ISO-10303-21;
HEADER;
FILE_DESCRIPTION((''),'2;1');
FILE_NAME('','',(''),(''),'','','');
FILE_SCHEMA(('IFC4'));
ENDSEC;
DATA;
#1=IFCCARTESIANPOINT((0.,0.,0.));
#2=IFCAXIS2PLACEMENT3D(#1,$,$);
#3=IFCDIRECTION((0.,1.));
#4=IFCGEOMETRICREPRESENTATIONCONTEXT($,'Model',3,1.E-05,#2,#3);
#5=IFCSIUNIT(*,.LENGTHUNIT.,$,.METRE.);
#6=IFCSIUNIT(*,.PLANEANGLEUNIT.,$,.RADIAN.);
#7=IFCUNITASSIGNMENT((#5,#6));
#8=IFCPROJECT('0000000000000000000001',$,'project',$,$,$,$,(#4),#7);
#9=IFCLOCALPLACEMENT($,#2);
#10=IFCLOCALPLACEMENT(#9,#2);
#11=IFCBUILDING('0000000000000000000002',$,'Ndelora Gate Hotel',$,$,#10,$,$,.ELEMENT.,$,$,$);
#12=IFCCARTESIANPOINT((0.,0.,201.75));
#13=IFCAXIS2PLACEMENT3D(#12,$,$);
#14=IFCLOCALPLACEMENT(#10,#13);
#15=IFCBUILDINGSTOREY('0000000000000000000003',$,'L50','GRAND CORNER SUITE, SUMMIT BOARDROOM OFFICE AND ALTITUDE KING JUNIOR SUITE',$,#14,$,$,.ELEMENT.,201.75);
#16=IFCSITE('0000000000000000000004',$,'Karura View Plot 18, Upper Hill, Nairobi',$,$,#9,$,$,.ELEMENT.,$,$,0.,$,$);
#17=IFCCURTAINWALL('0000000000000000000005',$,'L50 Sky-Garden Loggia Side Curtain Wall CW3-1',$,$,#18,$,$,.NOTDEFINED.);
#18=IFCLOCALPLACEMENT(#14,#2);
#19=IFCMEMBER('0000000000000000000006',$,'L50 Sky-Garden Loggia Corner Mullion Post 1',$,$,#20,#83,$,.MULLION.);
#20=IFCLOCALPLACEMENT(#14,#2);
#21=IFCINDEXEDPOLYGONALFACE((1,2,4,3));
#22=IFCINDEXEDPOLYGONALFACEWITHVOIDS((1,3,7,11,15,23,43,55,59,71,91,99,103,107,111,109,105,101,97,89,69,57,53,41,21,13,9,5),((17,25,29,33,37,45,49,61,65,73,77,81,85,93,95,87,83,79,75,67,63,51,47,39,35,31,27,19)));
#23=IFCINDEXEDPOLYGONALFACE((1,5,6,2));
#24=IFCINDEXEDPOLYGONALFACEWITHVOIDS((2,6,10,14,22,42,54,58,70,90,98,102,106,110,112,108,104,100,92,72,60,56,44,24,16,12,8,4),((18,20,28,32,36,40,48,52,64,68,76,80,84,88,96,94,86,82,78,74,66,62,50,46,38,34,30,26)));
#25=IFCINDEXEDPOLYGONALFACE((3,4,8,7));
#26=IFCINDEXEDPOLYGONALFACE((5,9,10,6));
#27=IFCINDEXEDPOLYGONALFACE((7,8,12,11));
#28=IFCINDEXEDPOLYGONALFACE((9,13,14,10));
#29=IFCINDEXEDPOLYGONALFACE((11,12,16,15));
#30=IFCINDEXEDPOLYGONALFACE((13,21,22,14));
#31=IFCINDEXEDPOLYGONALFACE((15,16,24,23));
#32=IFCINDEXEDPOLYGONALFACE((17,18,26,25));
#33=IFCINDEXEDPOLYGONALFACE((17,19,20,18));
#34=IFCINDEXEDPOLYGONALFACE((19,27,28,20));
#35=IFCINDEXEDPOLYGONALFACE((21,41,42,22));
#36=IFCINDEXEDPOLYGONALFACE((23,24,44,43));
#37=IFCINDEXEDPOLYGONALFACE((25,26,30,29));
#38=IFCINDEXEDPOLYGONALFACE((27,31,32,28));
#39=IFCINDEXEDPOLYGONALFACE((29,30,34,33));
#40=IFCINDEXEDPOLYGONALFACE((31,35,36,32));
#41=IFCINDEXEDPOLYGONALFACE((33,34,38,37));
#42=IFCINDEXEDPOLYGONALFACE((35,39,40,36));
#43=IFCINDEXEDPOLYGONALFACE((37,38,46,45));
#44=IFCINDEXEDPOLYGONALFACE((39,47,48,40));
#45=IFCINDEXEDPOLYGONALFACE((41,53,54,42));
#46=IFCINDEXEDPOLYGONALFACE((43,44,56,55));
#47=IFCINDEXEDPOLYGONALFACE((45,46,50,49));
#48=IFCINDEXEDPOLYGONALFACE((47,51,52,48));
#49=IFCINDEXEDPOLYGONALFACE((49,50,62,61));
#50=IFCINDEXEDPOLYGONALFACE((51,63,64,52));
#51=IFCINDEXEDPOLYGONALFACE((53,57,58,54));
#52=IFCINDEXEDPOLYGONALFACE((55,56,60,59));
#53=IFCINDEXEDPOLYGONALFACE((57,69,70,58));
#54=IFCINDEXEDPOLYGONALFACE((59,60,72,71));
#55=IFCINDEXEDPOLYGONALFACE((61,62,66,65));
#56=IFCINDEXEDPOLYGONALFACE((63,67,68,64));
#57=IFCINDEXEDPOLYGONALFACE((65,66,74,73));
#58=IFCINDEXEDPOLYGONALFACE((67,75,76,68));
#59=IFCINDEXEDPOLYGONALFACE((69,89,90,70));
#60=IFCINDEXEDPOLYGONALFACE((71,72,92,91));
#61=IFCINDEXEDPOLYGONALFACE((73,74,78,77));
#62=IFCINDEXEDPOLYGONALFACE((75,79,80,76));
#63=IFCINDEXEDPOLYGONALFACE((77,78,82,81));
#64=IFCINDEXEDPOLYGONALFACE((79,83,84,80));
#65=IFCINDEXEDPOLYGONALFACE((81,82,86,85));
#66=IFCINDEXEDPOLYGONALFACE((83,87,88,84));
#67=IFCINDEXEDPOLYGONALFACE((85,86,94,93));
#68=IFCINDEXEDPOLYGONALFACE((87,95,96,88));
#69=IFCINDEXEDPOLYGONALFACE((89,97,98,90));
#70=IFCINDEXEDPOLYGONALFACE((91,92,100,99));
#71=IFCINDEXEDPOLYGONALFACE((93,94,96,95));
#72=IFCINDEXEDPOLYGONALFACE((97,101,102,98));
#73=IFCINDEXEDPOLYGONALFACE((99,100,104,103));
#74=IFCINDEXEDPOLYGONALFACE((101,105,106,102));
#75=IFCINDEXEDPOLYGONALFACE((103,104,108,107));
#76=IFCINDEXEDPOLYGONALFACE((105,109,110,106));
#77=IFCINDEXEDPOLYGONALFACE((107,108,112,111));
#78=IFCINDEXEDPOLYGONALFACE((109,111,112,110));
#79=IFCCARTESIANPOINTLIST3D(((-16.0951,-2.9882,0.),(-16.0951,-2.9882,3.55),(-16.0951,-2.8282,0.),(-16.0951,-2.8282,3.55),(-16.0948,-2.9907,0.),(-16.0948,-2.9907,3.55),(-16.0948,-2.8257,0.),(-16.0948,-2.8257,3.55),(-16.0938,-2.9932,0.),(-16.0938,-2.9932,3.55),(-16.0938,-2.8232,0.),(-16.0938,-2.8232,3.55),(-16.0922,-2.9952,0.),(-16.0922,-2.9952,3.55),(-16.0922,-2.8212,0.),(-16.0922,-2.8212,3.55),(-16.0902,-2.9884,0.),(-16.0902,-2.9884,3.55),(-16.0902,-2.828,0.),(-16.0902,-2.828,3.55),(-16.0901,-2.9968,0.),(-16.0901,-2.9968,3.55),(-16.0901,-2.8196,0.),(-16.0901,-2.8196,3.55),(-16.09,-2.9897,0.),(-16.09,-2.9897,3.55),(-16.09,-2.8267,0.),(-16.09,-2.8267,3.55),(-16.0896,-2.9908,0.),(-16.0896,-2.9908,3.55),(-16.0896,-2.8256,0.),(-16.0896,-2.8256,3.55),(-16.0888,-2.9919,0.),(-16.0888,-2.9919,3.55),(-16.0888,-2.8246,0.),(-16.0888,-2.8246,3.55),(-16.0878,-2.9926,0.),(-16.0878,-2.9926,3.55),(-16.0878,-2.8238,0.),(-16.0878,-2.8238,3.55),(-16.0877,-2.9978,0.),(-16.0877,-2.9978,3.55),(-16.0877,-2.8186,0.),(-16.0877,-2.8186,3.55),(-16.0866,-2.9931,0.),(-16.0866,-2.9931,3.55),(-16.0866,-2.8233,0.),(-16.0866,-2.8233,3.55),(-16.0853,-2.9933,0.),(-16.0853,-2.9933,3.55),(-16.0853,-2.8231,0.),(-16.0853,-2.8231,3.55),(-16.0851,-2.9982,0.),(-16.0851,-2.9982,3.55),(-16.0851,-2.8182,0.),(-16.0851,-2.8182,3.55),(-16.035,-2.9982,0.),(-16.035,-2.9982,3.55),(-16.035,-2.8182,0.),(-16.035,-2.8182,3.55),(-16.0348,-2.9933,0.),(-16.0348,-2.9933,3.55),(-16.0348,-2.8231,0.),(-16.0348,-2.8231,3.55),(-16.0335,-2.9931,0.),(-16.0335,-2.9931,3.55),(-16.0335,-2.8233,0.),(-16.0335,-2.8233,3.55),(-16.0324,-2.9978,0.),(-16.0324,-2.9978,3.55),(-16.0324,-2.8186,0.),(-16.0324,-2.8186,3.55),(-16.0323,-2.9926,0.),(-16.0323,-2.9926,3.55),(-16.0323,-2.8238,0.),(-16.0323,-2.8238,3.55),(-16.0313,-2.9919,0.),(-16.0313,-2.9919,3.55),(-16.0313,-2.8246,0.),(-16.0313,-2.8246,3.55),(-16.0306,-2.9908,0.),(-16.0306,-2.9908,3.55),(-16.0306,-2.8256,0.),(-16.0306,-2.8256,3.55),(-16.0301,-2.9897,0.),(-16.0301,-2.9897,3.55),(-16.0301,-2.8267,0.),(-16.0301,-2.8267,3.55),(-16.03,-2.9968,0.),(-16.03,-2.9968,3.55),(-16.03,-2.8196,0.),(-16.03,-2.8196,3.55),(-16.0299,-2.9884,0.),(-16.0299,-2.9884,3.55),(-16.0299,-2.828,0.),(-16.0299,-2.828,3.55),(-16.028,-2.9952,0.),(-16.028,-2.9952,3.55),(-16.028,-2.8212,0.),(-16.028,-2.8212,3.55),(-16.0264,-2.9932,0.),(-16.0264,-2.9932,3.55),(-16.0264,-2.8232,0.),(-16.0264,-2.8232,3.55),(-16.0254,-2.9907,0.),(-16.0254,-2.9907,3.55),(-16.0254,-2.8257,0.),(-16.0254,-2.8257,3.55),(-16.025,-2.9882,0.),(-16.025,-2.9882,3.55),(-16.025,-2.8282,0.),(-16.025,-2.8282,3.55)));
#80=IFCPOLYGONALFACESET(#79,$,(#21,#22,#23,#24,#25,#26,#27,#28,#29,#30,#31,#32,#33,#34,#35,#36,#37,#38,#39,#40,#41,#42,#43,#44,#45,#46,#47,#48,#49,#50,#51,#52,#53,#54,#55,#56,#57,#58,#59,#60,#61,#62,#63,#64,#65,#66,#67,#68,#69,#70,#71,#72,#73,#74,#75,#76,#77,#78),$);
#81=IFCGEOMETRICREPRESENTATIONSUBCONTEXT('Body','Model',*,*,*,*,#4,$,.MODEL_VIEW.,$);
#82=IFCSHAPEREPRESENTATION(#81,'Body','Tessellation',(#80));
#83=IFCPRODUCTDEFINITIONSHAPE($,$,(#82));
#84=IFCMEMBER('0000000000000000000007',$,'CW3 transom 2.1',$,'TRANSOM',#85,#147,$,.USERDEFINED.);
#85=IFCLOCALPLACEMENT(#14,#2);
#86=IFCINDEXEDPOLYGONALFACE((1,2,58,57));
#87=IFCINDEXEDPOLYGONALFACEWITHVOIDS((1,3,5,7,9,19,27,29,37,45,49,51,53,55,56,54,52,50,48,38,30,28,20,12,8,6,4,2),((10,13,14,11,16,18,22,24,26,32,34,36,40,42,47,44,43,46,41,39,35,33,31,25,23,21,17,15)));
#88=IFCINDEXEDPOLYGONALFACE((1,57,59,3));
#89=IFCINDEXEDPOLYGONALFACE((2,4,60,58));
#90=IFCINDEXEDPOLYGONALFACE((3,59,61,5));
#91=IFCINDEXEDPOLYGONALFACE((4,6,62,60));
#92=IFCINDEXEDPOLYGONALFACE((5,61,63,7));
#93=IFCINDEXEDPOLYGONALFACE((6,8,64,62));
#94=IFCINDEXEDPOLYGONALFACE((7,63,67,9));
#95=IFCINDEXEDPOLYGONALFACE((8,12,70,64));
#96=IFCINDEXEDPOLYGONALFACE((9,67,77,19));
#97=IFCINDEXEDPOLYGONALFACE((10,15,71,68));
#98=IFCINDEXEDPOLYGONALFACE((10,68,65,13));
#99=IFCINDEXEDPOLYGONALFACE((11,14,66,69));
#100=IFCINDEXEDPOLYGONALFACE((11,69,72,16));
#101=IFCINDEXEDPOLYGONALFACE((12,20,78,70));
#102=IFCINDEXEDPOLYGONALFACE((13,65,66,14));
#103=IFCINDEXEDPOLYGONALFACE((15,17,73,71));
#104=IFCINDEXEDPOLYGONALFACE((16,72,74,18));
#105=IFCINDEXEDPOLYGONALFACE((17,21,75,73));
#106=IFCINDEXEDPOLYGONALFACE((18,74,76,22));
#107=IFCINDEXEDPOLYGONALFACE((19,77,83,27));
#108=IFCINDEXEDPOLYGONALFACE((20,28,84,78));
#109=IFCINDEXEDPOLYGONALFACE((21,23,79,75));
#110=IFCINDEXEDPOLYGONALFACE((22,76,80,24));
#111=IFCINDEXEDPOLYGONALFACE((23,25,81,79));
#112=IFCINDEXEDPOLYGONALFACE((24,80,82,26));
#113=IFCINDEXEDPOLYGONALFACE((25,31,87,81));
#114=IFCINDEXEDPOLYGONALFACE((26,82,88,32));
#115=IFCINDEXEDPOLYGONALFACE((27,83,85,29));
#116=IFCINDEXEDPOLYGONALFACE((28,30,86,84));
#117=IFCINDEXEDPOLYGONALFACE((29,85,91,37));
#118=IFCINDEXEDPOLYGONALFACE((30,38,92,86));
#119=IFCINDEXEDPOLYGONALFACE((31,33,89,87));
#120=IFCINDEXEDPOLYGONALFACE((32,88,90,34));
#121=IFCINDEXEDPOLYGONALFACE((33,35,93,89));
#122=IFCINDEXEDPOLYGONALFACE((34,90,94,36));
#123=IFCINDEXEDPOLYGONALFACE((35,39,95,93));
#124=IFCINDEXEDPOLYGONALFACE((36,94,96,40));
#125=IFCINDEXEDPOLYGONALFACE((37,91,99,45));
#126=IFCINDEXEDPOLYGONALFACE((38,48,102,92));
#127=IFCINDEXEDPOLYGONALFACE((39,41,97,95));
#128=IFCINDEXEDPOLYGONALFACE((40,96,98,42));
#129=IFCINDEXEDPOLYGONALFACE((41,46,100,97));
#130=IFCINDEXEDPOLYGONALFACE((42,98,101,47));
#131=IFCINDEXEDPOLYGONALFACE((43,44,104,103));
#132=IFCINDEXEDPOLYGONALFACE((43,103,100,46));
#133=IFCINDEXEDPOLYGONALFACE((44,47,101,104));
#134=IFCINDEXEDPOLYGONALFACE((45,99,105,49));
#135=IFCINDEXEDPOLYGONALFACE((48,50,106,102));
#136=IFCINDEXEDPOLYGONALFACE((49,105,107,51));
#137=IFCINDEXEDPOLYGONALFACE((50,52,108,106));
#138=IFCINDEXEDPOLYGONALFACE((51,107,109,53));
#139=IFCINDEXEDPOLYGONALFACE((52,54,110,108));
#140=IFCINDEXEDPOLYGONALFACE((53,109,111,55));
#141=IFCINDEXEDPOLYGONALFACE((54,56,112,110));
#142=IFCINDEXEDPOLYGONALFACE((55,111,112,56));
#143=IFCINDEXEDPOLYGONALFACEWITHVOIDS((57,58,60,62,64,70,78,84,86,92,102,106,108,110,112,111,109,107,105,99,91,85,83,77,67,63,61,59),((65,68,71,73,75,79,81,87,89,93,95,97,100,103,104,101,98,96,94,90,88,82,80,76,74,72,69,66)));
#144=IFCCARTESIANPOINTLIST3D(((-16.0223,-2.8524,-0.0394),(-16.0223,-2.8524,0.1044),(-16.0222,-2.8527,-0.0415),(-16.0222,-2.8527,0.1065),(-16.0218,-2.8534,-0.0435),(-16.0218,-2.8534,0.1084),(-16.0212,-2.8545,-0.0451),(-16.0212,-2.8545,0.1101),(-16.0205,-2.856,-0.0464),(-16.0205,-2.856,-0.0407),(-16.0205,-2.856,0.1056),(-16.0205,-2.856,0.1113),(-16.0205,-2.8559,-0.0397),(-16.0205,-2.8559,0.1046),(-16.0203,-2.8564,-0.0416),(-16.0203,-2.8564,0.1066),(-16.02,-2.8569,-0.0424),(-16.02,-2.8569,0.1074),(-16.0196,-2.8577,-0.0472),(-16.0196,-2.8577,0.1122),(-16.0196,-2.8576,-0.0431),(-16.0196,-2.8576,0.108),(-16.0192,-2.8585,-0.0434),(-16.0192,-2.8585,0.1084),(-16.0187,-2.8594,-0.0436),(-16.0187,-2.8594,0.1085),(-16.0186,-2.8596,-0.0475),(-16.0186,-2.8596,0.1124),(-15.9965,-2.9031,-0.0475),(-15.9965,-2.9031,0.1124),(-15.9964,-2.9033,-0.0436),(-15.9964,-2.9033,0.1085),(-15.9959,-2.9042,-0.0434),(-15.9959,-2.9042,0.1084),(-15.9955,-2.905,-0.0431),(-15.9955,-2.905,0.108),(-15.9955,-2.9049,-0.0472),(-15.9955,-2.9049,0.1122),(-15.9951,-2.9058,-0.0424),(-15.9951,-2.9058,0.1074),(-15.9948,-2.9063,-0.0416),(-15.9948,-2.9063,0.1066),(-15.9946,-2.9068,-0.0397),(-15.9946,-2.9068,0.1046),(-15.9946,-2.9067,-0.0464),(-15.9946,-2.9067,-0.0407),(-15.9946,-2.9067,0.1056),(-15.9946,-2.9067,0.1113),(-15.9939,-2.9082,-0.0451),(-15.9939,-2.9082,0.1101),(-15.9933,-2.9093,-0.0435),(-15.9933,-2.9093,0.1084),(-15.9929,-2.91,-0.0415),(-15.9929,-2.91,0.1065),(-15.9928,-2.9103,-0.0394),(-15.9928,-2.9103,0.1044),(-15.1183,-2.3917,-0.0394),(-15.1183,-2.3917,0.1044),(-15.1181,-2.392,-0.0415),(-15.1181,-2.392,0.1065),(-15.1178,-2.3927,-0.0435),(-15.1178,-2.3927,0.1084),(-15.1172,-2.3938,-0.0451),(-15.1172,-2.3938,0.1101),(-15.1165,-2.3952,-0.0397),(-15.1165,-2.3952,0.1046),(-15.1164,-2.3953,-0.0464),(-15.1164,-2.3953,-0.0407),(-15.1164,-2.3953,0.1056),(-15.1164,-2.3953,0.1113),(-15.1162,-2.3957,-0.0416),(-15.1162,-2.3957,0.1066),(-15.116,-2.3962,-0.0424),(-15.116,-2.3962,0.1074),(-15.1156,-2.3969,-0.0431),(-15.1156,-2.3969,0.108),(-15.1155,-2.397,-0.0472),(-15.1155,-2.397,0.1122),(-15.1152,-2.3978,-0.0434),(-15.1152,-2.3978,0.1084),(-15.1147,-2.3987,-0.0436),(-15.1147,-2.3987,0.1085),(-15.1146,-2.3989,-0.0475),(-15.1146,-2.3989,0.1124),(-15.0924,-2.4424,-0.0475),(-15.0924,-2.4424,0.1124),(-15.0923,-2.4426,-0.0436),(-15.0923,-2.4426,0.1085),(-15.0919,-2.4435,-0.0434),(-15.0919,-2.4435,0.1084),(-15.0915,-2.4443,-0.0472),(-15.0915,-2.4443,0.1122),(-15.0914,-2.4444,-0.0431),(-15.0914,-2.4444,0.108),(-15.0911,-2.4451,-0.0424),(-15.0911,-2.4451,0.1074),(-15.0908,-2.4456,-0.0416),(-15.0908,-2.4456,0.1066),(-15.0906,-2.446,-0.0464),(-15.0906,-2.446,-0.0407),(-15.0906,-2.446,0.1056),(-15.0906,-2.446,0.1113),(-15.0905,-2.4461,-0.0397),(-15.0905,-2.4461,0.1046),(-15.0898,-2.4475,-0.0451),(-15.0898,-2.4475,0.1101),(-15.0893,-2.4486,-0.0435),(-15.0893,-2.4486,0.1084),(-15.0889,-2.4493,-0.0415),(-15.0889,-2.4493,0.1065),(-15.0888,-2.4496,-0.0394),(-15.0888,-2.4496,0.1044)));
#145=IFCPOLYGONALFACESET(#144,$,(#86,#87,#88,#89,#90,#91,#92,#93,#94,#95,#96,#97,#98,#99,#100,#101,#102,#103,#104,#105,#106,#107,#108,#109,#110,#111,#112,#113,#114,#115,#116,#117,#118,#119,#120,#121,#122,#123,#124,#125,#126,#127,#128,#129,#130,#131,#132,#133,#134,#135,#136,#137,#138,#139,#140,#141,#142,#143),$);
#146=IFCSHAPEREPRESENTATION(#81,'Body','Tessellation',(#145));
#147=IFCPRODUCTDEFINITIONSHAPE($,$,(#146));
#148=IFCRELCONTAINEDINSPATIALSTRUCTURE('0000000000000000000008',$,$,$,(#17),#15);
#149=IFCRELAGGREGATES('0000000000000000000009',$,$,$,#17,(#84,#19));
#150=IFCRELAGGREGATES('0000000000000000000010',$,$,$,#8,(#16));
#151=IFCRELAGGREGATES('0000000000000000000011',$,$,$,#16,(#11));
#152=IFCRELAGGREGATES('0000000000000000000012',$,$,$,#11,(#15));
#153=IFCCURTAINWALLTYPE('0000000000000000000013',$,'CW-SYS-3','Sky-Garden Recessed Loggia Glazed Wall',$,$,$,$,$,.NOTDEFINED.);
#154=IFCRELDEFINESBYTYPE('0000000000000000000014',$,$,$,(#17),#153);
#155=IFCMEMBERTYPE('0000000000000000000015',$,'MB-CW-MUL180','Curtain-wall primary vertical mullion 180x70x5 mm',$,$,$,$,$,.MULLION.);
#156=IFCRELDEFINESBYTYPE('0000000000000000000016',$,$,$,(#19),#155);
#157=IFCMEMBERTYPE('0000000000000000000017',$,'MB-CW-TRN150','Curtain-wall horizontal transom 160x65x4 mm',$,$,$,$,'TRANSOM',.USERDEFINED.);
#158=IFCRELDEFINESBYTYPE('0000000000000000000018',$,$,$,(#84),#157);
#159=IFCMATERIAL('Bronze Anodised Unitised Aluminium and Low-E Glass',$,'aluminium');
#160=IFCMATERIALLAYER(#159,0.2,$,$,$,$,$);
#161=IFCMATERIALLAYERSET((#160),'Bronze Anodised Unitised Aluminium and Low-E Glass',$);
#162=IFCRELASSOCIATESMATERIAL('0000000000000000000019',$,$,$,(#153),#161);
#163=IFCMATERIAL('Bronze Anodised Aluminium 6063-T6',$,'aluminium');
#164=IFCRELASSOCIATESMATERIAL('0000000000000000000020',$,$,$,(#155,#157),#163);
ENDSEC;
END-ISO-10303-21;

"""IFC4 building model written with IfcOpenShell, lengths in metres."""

from ifc_helpers import new_model, si_unit, direction, frame, origin, origin_2d, place, context, subcontext, project, spatial, hollow_rectangle, extrude, material, layer, layer_set, material_profile, profile_set, type_object, element, aggregate, save


model = new_model("IFC4")

# Units and contexts
model_context = context("Model", 3, precision=1e-05, world=origin(), true_north=direction((0.0, 1.0)))
body_context = subcontext(model_context, "Body", "Model", "MODEL_VIEW")
ifc_project = project(units=[si_unit("LENGTHUNIT", "METRE"), si_unit("PLANEANGLEUNIT", "RADIAN")], contexts=[model_context])

# Site, building, storey
site_placement = place(None, origin())
site = spatial("IfcSite", under=ifc_project, at=site_placement, Name="Karura View Plot 18, Upper Hill, Nairobi", CompositionType="ELEMENT", RefElevation=0.0)
building_placement = place(site_placement, origin())
building = spatial("IfcBuilding", under=site, at=building_placement, Name="Ndelora Gate Hotel", CompositionType="ELEMENT")
storey_placement = place(building_placement, frame((0.0, 0.0, 201.75)))
storey = spatial("IfcBuildingStorey", under=building, at=storey_placement, Name="L50", Description="GRAND CORNER SUITE, SUMMIT BOARDROOM OFFICE AND ALTITUDE KING JUNIOR SUITE", CompositionType="ELEMENT", Elevation=201.75)

# Curtain wall, members
ifc_material_1 = material(Name="Bronze Anodised Unitised Aluminium and Low-E Glass", Category="aluminium")
ifc_layer_1 = layer(ifc_material_1, 0.2)
ifc_layer_set_1 = layer_set([ifc_layer_1], Name="Bronze Anodised Unitised Aluminium and Low-E Glass")
curtain_wall_type = type_object("IfcCurtainWallType", Name="CW-SYS-3", Description="Sky-Garden Recessed Loggia Glazed Wall", PredefinedType="NOTDEFINED", material=ifc_layer_set_1)
curtain_wall_placement = place(storey_placement, origin())
curtain_wall = element("IfcCurtainWall", 1, at=curtain_wall_placement, inside=storey, type_object=curtain_wall_type, Name="L50 Sky-Garden Loggia Side Curtain Wall CW3-1", PredefinedType="NOTDEFINED")
ifc_material_2 = material(Name="Bronze Anodised Aluminium 6063-T6", Category="aluminium")
ifc_material_profile_1 = material_profile(ifc_material_2, hollow_rectangle(XDim=0.0701, YDim=0.1799, WallThickness=0.0049, InnerFilletRadius=0.0049, OuterFilletRadius=0.01, at=origin_2d()), Name="ALU 180x70x5")
ifc_profile_set_1 = profile_set([ifc_material_profile_1], Name="Bronze Anodised Aluminium 6063-T6")
member_type_1 = type_object("IfcMemberType", Name="MB-CW-MUL180", Description="Curtain-wall primary vertical mullion 180x70x5 mm", PredefinedType="MULLION", material=ifc_profile_set_1)
member_1_placement = place(storey_placement, frame((-16.0601, -2.9082, 0.0), z_axis=(0.0, 0.0, 1.0), x_axis=(1.0, 0.0, 0.0)))
member_1 = element("IfcMember", 2, at=member_1_placement, type_object=member_type_1, Name="L50 Sky-Garden Loggia Corner Mullion Post 1", PredefinedType="MULLION", context=body_context, shape_type="SweptSolid", body=[
    extrude(hollow_rectangle(XDim=0.0701, YDim=0.1799, WallThickness=0.0049, InnerFilletRadius=0.0049, OuterFilletRadius=0.01, at=origin_2d()), origin(), (0.0, 0.0, 1.0), 3.55),
])
ifc_material_profile_2 = material_profile(ifc_material_2, hollow_rectangle(XDim=0.0649, YDim=0.1599, WallThickness=0.0039, InnerFilletRadius=0.0039, OuterFilletRadius=0.0081, at=origin_2d()), Name="ALU 160x65x4")
ifc_profile_set_2 = profile_set([ifc_material_profile_2], Name="Bronze Anodised Aluminium 6063-T6")
member_type_2 = type_object("IfcMemberType", Name="MB-CW-TRN150", Description="Curtain-wall horizontal transom 160x65x4 mm", ElementType="TRANSOM", PredefinedType="USERDEFINED", material=ifc_profile_set_2)
member_2_placement = place(storey_placement, frame((-15.1035, -2.4207, 0.0325), z_axis=(-0.890984, -0.454034, 0.0), x_axis=(0.454034, -0.890984, 0.0)))
member_2 = element("IfcMember", 3, at=member_2_placement, type_object=member_type_2, Name="CW3 transom 2.1", ObjectType="TRANSOM", PredefinedType="USERDEFINED", context=body_context, shape_type="SweptSolid", body=[
    extrude(hollow_rectangle(XDim=0.0649, YDim=0.1599, WallThickness=0.0039, InnerFilletRadius=0.0039, OuterFilletRadius=0.0081, at=origin_2d()), origin(), (0.0, 0.0, 1.0), 1.0146),
])
aggregate(curtain_wall, [member_2, member_1])

save(model, "model.ifc")
